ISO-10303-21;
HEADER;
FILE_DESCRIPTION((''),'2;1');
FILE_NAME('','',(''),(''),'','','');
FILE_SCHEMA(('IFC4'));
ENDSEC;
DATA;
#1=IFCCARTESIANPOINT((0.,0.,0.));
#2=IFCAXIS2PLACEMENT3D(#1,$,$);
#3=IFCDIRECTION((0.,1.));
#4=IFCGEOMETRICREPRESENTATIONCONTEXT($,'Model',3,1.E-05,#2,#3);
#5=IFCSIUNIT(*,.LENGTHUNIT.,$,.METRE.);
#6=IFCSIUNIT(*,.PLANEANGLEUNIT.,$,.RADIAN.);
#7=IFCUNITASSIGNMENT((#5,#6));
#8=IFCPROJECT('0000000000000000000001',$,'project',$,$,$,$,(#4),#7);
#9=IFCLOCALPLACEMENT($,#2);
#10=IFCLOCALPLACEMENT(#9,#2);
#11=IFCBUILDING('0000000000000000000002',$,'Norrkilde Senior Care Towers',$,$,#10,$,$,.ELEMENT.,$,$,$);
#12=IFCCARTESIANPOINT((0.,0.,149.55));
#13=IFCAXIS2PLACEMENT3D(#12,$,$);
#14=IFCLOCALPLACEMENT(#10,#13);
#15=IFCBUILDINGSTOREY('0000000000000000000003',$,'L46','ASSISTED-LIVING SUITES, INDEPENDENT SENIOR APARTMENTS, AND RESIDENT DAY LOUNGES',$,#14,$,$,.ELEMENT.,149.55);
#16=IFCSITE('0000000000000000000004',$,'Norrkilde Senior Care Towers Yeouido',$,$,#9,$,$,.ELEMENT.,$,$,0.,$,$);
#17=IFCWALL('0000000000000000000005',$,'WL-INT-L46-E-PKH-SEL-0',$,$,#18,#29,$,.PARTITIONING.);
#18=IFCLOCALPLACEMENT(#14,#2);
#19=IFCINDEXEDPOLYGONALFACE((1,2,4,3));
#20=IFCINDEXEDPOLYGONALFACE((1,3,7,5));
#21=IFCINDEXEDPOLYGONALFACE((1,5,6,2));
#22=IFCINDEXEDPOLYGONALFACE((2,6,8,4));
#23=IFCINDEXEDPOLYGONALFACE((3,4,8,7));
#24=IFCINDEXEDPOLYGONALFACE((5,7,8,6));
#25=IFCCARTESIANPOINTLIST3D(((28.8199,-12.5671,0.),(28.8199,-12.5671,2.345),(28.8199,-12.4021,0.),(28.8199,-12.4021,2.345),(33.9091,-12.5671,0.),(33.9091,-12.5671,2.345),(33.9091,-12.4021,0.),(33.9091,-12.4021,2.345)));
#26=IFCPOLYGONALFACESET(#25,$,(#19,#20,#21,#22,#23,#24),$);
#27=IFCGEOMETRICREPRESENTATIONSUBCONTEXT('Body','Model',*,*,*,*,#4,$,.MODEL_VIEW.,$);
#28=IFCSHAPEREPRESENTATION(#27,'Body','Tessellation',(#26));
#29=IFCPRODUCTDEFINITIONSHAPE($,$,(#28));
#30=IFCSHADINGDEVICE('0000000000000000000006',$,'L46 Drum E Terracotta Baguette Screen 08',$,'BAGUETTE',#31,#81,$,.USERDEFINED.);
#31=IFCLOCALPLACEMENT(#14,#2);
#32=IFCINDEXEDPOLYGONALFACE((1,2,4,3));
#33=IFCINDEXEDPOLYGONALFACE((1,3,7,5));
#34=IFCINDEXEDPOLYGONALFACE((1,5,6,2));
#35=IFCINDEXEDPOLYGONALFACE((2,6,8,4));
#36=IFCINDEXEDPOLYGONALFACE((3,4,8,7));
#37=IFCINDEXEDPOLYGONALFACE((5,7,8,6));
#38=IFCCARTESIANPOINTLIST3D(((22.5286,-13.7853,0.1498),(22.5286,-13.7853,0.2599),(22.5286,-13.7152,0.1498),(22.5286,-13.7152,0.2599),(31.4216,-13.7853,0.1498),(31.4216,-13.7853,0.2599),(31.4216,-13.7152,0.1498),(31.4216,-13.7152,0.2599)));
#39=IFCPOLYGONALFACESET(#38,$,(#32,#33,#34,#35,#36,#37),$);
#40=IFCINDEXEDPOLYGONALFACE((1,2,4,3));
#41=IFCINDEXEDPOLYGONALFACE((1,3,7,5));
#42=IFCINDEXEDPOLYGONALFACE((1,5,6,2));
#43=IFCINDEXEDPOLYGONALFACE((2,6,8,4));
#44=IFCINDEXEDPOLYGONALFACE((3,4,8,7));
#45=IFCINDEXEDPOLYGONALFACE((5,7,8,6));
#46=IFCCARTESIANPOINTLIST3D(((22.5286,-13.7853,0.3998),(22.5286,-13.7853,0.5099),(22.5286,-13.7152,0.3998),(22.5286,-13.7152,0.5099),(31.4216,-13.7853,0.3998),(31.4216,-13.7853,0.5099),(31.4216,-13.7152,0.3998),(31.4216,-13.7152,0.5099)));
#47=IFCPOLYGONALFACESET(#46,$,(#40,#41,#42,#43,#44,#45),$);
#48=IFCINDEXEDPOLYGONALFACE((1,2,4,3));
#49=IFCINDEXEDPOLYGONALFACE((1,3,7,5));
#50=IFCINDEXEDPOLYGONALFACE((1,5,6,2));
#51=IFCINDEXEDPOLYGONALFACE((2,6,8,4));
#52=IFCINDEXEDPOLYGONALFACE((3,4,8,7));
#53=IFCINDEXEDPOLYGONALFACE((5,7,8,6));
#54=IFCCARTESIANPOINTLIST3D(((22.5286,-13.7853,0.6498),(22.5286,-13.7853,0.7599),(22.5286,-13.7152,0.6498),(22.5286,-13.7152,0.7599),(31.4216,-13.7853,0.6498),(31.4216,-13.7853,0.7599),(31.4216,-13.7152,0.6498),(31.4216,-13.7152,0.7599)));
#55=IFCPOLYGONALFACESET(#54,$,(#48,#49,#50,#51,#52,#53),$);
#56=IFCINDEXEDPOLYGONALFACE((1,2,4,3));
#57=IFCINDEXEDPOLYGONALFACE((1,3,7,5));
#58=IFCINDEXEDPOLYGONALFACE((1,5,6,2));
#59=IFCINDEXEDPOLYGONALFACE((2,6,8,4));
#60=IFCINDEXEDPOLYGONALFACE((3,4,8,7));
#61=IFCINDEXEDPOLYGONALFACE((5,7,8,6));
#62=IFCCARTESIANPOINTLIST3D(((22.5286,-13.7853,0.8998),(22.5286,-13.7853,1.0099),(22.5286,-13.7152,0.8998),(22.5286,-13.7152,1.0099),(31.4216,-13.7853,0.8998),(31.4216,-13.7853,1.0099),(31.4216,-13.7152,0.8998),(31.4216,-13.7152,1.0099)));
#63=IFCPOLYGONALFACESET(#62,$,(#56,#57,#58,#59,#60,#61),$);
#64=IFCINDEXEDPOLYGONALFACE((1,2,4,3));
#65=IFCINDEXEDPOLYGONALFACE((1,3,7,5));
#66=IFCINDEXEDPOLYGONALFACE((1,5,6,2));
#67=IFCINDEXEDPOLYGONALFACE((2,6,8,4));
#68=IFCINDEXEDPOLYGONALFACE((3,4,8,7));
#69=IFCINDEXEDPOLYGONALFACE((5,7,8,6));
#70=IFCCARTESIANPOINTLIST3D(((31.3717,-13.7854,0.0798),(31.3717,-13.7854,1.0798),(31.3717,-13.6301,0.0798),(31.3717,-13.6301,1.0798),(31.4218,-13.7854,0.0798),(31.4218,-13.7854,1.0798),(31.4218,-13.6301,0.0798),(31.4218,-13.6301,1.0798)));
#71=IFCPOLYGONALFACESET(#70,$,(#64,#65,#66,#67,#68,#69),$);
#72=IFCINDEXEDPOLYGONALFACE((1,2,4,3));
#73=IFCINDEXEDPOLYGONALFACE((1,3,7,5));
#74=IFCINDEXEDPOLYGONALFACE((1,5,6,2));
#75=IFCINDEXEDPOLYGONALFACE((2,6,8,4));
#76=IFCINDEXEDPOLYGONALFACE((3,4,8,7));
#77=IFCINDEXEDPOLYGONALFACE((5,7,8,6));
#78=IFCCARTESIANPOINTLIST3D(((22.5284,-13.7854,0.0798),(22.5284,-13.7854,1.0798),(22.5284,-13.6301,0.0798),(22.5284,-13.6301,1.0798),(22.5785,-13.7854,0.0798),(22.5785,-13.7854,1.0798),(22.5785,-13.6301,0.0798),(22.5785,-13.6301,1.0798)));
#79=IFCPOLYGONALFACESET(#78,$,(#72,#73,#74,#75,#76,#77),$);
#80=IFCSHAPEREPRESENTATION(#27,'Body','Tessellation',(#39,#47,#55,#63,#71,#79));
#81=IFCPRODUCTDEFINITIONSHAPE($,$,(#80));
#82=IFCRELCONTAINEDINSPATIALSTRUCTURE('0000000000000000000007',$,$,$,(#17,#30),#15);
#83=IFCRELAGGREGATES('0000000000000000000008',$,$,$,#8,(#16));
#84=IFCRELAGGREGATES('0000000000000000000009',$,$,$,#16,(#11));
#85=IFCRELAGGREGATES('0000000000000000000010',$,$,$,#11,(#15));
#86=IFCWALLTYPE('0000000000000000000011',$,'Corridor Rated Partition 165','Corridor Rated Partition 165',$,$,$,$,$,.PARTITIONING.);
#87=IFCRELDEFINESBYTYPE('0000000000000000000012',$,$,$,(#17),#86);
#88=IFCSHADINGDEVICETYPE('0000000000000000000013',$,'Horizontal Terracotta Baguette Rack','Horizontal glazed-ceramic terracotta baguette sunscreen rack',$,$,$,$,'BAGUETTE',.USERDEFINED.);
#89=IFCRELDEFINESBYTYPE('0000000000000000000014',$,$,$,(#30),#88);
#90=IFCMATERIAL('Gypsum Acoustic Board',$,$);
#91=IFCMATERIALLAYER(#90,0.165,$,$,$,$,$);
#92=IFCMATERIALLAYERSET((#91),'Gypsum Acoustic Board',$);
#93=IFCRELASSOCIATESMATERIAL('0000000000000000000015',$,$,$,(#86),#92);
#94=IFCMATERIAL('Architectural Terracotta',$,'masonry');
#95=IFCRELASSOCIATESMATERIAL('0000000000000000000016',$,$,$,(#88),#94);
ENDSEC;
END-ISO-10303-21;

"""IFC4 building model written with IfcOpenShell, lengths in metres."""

from ifc_helpers import new_model, si_unit, direction, frame, frame_2d, origin, origin_2d, place, context, subcontext, project, spatial, rectangle, extrude, source, transform, mapped, material, layer, layer_set, type_object, type_shapes, element, save


model = new_model("IFC4")

# Units and contexts
model_context = context("Model", 3, precision=1e-05, world=origin(), true_north=direction((0.0, 1.0)))
body_context = subcontext(model_context, "Body", "Model", "MODEL_VIEW")
ifc_project = project(units=[si_unit("LENGTHUNIT", "METRE"), si_unit("PLANEANGLEUNIT", "RADIAN")], contexts=[model_context])

# Site, building, storey
site_placement = place(None, origin())
site = spatial("IfcSite", under=ifc_project, at=site_placement, Name="Norrkilde Senior Care Towers Yeouido", CompositionType="ELEMENT", RefElevation=0.0)
building_placement = place(site_placement, origin())
building = spatial("IfcBuilding", under=site, at=building_placement, Name="Norrkilde Senior Care Towers", CompositionType="ELEMENT")
storey_placement = place(building_placement, frame((0.0, 0.0, 149.55)))
storey = spatial("IfcBuildingStorey", under=building, at=storey_placement, Name="L46", Description="ASSISTED-LIVING SUITES, INDEPENDENT SENIOR APARTMENTS, AND RESIDENT DAY LOUNGES", CompositionType="ELEMENT", Elevation=149.55)

# Shared definitions
ifc_material_1 = material(Name="Gypsum Acoustic Board")
ifc_layer_1 = layer(ifc_material_1, 0.165)
ifc_layer_set_1 = layer_set([ifc_layer_1], Name="Gypsum Acoustic Board")
wall_type_1 = type_object("IfcWallType", Name="Corridor Rated Partition 165", Description="Corridor Rated Partition 165", PredefinedType="PARTITIONING", material=ifc_layer_set_1)

# Wall
shared_shape_1 = source(origin(), body_context, "Body", "SweptSolid", [
    extrude(rectangle(XDim=5.0891, YDim=0.165, at=frame_2d((2.5444, 0.0))), origin(), (0.0, 0.0, 1.0), 2.345),
])
wall_1_placement = place(storey_placement, frame((28.8201, -12.4846, 0.0), z_axis=(0.0, 0.0, 1.0), x_axis=(1.0, 0.0, 0.0)))
element("IfcWall", 1, at=wall_1_placement, inside=storey, type_object=wall_type_1, Name="WL-INT-L46-E-PKH-SEL-0", PredefinedType="PARTITIONING", context=body_context, shape_type="MappedRepresentation", body=[
    mapped(shared_shape_1, transform((0.0, 0.0, 0.0), x_axis=(1.0, 0.0, 0.0), y_axis=(0.0, 1.0, 0.0), z_axis=(0.0, 0.0, 1.0), scale=1.0)),
])

# Shading device
ifc_material_2 = material(Name="Architectural Terracotta", Category="masonry")
shading_device_type = type_object("IfcShadingDeviceType", Name="Horizontal Terracotta Baguette Rack", Description="Horizontal glazed-ceramic terracotta baguette sunscreen rack", ElementType="BAGUETTE", PredefinedType="USERDEFINED", material=ifc_material_2)
shared_shape_2 = source(origin(), body_context, "Body", "SweptSolid", [
    extrude(rectangle(XDim=0.0701, YDim=0.1101, at=origin_2d()), frame((0.0, 0.0901, 0.125), z_axis=(1.0, 0.0, 0.0), x_axis=(0.0, 1.0, 0.0)), (0.0, 0.0, 1.0), 8.8931),
    extrude(rectangle(XDim=0.0701, YDim=0.1101, at=origin_2d()), frame((0.0, 0.0901, 0.375), z_axis=(1.0, 0.0, 0.0), x_axis=(0.0, 1.0, 0.0)), (0.0, 0.0, 1.0), 8.8931),
    extrude(rectangle(XDim=0.0701, YDim=0.1101, at=origin_2d()), frame((0.0, 0.0901, 0.625), z_axis=(1.0, 0.0, 0.0), x_axis=(0.0, 1.0, 0.0)), (0.0, 0.0, 1.0), 8.8931),
    extrude(rectangle(XDim=0.0701, YDim=0.1101, at=origin_2d()), frame((0.0, 0.0901, 0.875), z_axis=(1.0, 0.0, 0.0), x_axis=(0.0, 1.0, 0.0)), (0.0, 0.0, 1.0), 8.8931),
    extrude(rectangle(XDim=0.05, YDim=0.1553, at=origin_2d()), frame((0.0249, 0.0476, 0.0)), (0.0, 0.0, 1.0), 1.0),
    extrude(rectangle(XDim=0.05, YDim=0.1553, at=origin_2d()), frame((8.8682, 0.0476, 0.0)), (0.0, 0.0, 1.0), 1.0),
])
type_shapes(shading_device_type, [shared_shape_2])
shading_device_placement = place(storey_placement, frame((31.4216, -13.6602, 0.0798), z_axis=(0.0, 0.0, 1.0), x_axis=(-1.0, 0.0, 0.0)))
element("IfcShadingDevice", 2, at=shading_device_placement, inside=storey, type_object=shading_device_type, Name="L46 Drum E Terracotta Baguette Screen 08", ObjectType="BAGUETTE", PredefinedType="USERDEFINED", context=body_context, shape_type="MappedRepresentation", body=[
    mapped(shared_shape_2, transform((0.0, 0.0, 0.0), x_axis=(1.0, 0.0, 0.0), y_axis=(0.0, 1.0, 0.0), z_axis=(0.0, 0.0, 1.0), scale=1.0)),
])

save(model, "model.ifc")
